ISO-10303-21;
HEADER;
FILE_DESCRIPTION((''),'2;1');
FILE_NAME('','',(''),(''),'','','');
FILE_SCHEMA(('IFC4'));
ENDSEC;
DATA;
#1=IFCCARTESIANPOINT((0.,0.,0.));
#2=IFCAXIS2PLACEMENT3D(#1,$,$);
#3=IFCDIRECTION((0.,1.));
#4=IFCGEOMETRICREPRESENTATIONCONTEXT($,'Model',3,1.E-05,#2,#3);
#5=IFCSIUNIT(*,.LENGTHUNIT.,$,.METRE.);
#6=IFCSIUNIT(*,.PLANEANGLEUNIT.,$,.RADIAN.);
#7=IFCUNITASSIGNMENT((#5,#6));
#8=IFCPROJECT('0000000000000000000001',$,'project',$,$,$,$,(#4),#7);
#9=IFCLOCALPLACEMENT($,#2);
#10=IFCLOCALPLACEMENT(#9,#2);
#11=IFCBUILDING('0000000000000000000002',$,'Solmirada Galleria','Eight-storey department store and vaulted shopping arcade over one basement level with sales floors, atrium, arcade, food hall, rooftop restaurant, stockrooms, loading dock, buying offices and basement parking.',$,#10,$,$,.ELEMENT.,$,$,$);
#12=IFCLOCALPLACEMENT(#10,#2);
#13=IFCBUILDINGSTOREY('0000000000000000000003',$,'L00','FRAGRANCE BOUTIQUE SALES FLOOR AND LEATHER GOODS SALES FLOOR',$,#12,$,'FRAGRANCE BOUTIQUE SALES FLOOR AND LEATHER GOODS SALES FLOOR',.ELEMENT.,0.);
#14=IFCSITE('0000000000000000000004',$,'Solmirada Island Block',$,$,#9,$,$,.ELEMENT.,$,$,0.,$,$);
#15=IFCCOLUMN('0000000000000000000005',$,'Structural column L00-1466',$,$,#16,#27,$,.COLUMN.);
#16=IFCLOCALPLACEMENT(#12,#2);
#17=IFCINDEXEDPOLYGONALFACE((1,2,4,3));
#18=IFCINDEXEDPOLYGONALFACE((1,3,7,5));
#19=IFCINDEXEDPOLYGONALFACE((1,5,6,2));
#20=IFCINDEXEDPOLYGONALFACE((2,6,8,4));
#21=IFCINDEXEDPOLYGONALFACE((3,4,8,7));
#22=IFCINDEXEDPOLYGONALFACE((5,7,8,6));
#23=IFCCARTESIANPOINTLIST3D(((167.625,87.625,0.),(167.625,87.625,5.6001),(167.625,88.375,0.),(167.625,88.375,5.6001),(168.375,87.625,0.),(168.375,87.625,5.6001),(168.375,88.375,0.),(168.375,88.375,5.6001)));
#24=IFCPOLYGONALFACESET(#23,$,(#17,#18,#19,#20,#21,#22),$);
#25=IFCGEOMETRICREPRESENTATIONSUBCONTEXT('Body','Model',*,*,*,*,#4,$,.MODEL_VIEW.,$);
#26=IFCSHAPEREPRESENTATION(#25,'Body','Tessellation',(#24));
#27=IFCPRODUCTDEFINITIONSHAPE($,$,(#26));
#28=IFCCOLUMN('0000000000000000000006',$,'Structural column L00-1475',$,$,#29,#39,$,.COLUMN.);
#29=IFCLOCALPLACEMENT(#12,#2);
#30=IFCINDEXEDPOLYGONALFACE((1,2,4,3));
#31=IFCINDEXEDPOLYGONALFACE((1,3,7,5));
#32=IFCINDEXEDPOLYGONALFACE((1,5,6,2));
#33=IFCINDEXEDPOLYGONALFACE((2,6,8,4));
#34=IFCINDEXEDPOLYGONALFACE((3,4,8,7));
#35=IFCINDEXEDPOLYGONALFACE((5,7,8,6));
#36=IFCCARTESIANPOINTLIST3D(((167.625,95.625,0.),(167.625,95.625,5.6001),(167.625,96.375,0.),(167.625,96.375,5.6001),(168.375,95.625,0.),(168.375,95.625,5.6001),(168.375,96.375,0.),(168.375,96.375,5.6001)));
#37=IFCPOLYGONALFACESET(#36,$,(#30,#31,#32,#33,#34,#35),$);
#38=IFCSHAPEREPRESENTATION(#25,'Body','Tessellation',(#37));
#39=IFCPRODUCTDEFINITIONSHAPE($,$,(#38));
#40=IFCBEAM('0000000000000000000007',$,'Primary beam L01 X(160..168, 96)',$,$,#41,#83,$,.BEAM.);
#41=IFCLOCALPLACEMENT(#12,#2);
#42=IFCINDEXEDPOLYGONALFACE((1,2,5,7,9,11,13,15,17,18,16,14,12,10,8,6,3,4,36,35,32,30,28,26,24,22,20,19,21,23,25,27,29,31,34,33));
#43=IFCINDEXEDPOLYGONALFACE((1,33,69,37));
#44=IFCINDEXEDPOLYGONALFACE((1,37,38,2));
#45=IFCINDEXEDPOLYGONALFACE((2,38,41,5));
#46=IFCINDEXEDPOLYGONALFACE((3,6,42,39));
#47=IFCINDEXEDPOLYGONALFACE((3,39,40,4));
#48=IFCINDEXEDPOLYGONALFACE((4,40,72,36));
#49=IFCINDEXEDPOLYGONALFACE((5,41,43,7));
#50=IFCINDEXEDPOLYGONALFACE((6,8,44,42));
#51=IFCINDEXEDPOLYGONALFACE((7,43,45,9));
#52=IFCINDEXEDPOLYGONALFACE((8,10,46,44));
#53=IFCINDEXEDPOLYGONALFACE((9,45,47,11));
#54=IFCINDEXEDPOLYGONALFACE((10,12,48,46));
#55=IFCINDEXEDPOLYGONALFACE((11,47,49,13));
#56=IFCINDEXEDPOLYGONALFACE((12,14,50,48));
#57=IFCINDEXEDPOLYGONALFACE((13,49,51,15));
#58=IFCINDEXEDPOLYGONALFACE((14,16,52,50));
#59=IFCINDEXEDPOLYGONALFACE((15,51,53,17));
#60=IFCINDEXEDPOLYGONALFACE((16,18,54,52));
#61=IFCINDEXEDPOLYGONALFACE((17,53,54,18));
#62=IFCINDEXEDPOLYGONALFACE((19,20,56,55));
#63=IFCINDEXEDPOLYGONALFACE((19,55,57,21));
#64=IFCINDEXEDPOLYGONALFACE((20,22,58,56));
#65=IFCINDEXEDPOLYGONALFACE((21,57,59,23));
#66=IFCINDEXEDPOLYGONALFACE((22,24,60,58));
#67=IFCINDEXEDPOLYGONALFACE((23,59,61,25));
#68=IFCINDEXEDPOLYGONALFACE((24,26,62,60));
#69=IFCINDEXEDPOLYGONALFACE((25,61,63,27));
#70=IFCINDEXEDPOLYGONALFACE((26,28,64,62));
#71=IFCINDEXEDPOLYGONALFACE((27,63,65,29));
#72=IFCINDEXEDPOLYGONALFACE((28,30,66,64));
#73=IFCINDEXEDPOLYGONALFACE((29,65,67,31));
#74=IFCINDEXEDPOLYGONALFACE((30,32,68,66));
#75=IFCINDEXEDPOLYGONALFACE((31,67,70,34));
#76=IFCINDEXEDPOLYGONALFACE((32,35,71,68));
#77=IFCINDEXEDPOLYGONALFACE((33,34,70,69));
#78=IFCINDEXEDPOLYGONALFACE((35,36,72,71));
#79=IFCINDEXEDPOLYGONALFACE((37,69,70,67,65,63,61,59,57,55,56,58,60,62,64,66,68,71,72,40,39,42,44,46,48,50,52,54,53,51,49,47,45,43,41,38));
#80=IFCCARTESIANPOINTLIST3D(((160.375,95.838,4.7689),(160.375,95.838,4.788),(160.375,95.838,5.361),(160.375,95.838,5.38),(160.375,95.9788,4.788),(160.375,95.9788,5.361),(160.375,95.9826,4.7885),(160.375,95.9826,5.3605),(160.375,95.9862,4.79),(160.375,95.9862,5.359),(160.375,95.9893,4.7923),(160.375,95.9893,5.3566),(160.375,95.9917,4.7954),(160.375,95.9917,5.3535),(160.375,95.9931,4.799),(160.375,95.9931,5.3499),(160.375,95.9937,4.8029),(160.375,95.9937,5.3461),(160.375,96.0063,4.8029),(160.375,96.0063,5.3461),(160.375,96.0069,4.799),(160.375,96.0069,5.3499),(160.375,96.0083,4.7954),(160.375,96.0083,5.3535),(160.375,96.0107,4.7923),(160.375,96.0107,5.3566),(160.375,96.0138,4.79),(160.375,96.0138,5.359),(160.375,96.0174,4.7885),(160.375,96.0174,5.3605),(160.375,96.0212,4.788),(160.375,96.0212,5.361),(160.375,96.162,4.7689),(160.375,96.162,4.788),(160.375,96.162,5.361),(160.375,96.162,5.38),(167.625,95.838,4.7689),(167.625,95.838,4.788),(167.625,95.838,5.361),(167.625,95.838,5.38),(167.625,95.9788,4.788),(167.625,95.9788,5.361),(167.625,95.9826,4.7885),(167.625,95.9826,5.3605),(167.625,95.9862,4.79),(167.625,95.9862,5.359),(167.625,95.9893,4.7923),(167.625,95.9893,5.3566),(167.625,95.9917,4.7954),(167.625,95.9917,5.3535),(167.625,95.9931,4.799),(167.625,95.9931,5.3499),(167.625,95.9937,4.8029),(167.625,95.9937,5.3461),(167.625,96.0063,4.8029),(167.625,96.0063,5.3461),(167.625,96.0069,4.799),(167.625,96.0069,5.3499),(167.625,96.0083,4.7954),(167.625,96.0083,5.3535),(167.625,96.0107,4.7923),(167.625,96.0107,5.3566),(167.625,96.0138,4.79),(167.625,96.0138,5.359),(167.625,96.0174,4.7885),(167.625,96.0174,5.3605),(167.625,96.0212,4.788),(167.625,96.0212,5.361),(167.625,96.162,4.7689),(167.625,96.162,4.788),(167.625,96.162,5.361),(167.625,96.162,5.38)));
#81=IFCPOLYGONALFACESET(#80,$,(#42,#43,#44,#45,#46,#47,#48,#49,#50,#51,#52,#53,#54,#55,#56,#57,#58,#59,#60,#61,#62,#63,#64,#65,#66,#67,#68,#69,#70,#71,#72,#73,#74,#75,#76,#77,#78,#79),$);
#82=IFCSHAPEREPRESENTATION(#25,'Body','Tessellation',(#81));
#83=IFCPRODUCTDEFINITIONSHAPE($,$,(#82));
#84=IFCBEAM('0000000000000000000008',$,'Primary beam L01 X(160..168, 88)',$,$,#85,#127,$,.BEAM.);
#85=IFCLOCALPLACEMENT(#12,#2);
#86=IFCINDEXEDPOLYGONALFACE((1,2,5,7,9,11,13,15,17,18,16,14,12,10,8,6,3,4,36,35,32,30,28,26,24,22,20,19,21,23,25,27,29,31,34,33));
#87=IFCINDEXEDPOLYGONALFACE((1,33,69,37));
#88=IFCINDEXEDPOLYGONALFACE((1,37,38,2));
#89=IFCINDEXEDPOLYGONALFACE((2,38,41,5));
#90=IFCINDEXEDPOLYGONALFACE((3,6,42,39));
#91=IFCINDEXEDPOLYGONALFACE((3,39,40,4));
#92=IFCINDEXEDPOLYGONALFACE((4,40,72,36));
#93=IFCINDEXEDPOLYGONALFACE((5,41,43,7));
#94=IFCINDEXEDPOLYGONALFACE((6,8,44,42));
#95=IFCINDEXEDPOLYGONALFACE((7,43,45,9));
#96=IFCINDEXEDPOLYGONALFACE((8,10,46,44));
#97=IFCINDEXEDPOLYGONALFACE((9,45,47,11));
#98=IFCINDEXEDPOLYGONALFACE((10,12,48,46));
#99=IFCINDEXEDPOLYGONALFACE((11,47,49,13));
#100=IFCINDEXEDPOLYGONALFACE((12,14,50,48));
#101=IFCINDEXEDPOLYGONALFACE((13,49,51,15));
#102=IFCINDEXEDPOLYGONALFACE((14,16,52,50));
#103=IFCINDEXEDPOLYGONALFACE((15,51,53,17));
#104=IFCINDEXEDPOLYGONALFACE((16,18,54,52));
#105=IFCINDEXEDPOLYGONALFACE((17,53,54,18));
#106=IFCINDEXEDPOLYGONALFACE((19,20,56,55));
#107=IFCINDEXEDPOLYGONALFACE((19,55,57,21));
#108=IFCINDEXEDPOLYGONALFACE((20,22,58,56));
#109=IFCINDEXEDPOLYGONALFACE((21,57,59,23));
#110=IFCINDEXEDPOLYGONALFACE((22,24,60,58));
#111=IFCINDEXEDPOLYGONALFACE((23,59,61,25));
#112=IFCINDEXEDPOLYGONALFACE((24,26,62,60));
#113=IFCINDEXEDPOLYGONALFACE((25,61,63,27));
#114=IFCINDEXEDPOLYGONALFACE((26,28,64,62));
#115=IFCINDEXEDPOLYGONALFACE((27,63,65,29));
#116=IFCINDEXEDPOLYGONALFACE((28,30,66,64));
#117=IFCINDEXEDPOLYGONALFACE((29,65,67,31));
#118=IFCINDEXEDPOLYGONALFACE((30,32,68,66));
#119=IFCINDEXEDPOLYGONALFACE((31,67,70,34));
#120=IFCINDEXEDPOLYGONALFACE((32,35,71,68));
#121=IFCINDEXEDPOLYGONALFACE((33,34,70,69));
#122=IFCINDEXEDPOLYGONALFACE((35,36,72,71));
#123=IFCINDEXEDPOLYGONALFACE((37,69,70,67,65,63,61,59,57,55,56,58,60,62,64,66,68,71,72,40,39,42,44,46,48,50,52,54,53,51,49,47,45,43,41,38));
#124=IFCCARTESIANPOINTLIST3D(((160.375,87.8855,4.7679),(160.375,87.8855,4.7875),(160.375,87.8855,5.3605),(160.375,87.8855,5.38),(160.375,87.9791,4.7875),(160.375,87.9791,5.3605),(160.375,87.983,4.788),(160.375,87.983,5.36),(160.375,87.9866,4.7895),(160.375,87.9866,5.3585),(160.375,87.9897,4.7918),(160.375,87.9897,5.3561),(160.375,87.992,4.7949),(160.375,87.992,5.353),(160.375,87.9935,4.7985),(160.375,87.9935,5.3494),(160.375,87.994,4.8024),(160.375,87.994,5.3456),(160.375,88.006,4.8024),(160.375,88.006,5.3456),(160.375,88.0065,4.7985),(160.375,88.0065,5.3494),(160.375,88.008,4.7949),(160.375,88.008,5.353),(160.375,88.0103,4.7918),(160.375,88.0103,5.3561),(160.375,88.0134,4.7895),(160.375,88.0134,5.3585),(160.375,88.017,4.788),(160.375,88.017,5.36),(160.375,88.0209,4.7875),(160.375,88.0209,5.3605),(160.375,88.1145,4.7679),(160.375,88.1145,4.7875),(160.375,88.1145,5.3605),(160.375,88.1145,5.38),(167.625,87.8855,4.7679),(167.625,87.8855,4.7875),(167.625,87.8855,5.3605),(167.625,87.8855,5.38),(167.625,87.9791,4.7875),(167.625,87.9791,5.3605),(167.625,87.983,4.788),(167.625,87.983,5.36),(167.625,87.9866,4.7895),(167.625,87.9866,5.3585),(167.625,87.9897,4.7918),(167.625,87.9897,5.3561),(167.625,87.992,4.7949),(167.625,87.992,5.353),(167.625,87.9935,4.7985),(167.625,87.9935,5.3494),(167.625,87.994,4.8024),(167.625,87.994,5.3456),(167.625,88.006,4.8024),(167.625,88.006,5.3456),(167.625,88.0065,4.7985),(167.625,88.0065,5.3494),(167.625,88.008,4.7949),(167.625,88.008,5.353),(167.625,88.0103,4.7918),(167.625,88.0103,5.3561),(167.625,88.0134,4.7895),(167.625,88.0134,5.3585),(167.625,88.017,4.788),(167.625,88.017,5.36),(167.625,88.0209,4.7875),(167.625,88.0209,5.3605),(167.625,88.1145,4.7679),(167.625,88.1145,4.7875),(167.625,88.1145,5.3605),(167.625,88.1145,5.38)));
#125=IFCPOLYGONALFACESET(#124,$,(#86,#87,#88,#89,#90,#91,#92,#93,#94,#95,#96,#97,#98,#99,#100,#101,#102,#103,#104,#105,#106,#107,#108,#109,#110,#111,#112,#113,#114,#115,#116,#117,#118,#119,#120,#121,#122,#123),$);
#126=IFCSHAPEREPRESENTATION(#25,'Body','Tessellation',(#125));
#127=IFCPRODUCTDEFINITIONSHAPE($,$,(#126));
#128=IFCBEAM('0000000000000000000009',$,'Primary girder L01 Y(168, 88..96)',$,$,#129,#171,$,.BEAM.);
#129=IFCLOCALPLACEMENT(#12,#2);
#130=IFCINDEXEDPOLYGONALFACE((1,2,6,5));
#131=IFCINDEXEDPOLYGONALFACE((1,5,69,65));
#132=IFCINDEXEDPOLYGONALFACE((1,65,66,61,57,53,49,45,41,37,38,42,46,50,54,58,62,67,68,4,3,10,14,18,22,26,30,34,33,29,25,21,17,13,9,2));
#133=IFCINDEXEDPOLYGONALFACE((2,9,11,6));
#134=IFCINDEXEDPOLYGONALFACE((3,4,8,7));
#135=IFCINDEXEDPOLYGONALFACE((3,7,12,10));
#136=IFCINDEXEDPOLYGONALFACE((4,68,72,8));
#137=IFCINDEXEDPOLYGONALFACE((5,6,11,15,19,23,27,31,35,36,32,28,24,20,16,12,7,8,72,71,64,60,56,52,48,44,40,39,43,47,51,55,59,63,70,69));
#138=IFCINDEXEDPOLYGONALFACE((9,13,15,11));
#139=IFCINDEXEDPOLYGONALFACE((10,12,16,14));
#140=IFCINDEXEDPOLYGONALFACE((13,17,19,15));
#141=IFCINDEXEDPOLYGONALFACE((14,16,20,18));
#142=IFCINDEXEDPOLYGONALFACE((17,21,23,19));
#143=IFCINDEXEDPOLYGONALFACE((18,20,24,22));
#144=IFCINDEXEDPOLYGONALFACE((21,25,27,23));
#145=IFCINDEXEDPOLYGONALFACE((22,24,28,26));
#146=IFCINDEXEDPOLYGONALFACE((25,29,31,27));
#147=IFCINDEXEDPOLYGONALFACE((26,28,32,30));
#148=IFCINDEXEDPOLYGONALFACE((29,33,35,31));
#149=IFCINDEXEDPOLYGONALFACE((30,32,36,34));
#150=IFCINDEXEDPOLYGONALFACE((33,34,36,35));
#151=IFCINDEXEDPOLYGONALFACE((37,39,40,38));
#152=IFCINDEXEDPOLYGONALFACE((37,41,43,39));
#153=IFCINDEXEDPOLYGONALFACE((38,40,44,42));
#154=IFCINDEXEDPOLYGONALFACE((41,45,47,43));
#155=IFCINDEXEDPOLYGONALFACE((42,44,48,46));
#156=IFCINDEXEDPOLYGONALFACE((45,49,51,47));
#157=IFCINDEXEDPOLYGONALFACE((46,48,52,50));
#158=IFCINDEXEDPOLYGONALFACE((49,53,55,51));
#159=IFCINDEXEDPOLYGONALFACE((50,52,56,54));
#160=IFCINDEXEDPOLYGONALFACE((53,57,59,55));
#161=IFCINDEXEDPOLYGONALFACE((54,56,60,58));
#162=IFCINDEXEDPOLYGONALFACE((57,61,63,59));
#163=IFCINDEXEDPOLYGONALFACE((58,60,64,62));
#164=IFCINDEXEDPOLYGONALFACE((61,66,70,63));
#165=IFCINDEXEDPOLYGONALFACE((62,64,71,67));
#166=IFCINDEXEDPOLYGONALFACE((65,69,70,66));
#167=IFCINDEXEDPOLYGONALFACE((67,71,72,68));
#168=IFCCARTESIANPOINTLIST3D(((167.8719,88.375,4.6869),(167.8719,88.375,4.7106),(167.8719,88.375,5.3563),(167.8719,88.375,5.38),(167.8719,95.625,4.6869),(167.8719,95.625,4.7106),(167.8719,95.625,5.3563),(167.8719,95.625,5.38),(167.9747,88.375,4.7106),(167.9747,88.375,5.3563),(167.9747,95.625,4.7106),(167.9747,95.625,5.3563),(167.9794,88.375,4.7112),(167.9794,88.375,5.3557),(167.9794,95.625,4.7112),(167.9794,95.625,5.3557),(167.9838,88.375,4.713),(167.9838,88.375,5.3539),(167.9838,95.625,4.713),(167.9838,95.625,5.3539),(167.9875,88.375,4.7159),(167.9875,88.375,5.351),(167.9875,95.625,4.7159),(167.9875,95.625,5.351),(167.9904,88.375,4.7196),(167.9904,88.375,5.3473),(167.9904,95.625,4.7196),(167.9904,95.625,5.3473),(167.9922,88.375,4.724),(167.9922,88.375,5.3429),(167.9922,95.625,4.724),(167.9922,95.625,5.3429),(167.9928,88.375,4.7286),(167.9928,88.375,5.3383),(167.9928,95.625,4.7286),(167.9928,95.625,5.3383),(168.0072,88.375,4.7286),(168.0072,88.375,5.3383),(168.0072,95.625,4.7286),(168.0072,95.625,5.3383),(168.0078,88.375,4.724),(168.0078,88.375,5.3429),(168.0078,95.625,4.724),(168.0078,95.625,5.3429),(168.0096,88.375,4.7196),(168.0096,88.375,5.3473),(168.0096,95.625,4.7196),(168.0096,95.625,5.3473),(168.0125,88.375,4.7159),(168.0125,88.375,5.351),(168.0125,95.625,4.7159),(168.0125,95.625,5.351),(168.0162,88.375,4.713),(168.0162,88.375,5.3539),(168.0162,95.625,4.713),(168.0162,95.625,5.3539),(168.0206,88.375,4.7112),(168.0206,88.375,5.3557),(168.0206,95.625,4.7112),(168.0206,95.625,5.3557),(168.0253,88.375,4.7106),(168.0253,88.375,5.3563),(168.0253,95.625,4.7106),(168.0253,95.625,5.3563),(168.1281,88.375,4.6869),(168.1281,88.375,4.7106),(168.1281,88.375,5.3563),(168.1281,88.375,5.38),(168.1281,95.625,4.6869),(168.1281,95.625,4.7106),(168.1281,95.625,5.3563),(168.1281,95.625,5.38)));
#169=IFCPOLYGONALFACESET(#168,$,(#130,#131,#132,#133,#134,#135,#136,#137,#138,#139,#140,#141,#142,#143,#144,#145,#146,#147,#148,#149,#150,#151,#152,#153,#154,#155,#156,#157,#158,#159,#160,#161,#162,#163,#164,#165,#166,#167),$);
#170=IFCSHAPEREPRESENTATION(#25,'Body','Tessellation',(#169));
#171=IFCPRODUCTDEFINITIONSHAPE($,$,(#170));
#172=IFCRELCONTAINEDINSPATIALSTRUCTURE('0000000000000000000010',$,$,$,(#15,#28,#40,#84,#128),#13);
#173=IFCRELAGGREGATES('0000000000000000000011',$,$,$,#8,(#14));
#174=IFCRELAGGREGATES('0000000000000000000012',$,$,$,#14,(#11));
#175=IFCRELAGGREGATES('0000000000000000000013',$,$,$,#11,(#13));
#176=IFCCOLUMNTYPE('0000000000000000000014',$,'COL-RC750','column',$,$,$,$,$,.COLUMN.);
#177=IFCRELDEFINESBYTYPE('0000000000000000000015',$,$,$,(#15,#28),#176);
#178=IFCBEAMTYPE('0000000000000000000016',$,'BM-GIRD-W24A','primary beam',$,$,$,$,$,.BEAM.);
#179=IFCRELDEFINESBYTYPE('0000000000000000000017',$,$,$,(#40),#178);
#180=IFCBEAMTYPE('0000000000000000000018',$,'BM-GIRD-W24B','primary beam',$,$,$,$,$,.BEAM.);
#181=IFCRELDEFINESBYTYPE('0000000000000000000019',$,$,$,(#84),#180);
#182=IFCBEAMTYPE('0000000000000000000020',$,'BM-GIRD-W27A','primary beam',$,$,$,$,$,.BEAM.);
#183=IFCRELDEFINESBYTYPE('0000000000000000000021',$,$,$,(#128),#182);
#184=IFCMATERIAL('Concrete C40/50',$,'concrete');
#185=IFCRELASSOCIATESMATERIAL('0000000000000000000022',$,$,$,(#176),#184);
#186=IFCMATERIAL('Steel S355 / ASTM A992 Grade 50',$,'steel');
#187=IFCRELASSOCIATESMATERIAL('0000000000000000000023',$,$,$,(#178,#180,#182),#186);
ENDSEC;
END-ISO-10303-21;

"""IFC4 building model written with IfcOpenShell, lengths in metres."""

from ifc_helpers import new_model, si_unit, direction, frame, origin, origin_2d, place, context, subcontext, project, spatial, rectangle, i_section, extrude, material, material_profile, profile_set, type_object, element, save


model = new_model("IFC4")

# Units and contexts
model_context = context("Model", 3, precision=1e-05, world=origin(), true_north=direction((0.0, 1.0)))
body_context = subcontext(model_context, "Body", "Model", "MODEL_VIEW")
ifc_project = project(units=[si_unit("LENGTHUNIT", "METRE"), si_unit("PLANEANGLEUNIT", "RADIAN")], contexts=[model_context])

# Site, building, storey
site_placement = place(None, origin())
site = spatial("IfcSite", under=ifc_project, at=site_placement, Name="Solmirada Island Block", CompositionType="ELEMENT", RefElevation=0.0)
building_placement = place(site_placement, origin())
building = spatial("IfcBuilding", under=site, at=building_placement, Name="Solmirada Galleria", Description="Eight-storey department store and vaulted shopping arcade over one basement level with sales floors, atrium, arcade, food hall, rooftop restaurant, stockrooms, loading dock, buying offices and basement parking.", CompositionType="ELEMENT")
storey_placement = place(building_placement, origin())
storey = spatial("IfcBuildingStorey", under=building, at=storey_placement, Name="L00", Description="FRAGRANCE BOUTIQUE SALES FLOOR AND LEATHER GOODS SALES FLOOR", LongName="FRAGRANCE BOUTIQUE SALES FLOOR AND LEATHER GOODS SALES FLOOR", CompositionType="ELEMENT", Elevation=0.0)

# Columns
ifc_material_1 = material(Name="Concrete C40/50", Category="concrete")
ifc_material_profile_1 = material_profile(ifc_material_1, rectangle(XDim=0.75, YDim=0.75, at=origin_2d()), Name="RC750X750")
ifc_profile_set_1 = profile_set([ifc_material_profile_1], Name="Concrete C40/50")
column_type = type_object("IfcColumnType", Name="COL-RC750", Description="column", PredefinedType="COLUMN", material=ifc_profile_set_1)
for number, where, z_axis, x_axis, name in (
    (1, (168.0, 88.0, 0.0), (0.0, 0.0, 1.0), (1.0, 0.0, 0.0), "Structural column L00-1466"),
    (2, (168.0, 96.0, 0.0), (0.0, 0.0, 1.0), (1.0, 0.0, 0.0), "Structural column L00-1475"),
):
    element("IfcColumn", number, at=place(storey_placement, frame(where, z_axis=z_axis, x_axis=x_axis)), inside=storey, type_object=column_type, Name=name, PredefinedType="COLUMN", context=body_context, shape_type="SweptSolid", body=[
        extrude(rectangle(XDim=0.75, YDim=0.75, at=origin_2d()), origin(), (0.0, 0.0, 1.0), 5.6001),
    ])

# Beams
ifc_material_2 = material(Name="Steel S355 / ASTM A992 Grade 50", Category="steel")
ifc_material_profile_2 = material_profile(ifc_material_2, i_section(OverallWidth=0.324, OverallDepth=0.6111, WebThickness=0.0127, FlangeThickness=0.019, FilletRadius=0.0149, at=origin_2d()), Name="W24X104")
ifc_profile_set_2 = profile_set([ifc_material_profile_2], Name="Steel S355 / ASTM A992 Grade 50")
beam_type_1 = type_object("IfcBeamType", Name="BM-GIRD-W24A", Description="primary beam", PredefinedType="BEAM", material=ifc_profile_set_2)
beam_1_placement = place(storey_placement, frame((160.375, 96.0, 5.0745), z_axis=(1.0, 0.0, 0.0), x_axis=(0.0, 1.0, 0.0)))
element("IfcBeam", 3, at=beam_1_placement, inside=storey, type_object=beam_type_1, Name="Primary beam L01 X(160..168, 96)", PredefinedType="BEAM", context=body_context, shape_type="SweptSolid", body=[
    extrude(i_section(OverallWidth=0.324, OverallDepth=0.6111, WebThickness=0.0127, FlangeThickness=0.019, FilletRadius=0.0149, at=origin_2d()), origin(), (0.0, 0.0, 1.0), 7.25),
])
ifc_material_profile_3 = material_profile(ifc_material_2, i_section(OverallWidth=0.229, OverallDepth=0.6121, WebThickness=0.012, FlangeThickness=0.0195, FilletRadius=0.0149, at=origin_2d()), Name="W24X84")
ifc_profile_set_3 = profile_set([ifc_material_profile_3], Name="Steel S355 / ASTM A992 Grade 50")
beam_type_2 = type_object("IfcBeamType", Name="BM-GIRD-W24B", Description="primary beam", PredefinedType="BEAM", material=ifc_profile_set_3)
beam_2_placement = place(storey_placement, frame((160.375, 88.0, 5.074), z_axis=(1.0, 0.0, 0.0), x_axis=(0.0, 1.0, 0.0)))
element("IfcBeam", 4, at=beam_2_placement, inside=storey, type_object=beam_type_2, Name="Primary beam L01 X(160..168, 88)", PredefinedType="BEAM", context=body_context, shape_type="SweptSolid", body=[
    extrude(i_section(OverallWidth=0.229, OverallDepth=0.6121, WebThickness=0.012, FlangeThickness=0.0195, FilletRadius=0.0149, at=origin_2d()), origin(), (0.0, 0.0, 1.0), 7.25),
])
ifc_material_profile_4 = material_profile(ifc_material_2, i_section(OverallWidth=0.2561, OverallDepth=0.6931, WebThickness=0.0144, FlangeThickness=0.0237, FilletRadius=0.0181, at=origin_2d()), Name="W27X114")
ifc_profile_set_4 = profile_set([ifc_material_profile_4], Name="Steel S355 / ASTM A992 Grade 50")
beam_type_3 = type_object("IfcBeamType", Name="BM-GIRD-W27A", Description="primary beam", PredefinedType="BEAM", material=ifc_profile_set_4)
beam_3_placement = place(storey_placement, frame((168.0, 88.375, 5.0334), z_axis=(0.0, 1.0, 0.0), x_axis=(-1.0, 0.0, 0.0)))
element("IfcBeam", 5, at=beam_3_placement, inside=storey, type_object=beam_type_3, Name="Primary girder L01 Y(168, 88..96)", PredefinedType="BEAM", context=body_context, shape_type="SweptSolid", body=[
    extrude(i_section(OverallWidth=0.2561, OverallDepth=0.6931, WebThickness=0.0144, FlangeThickness=0.0237, FilletRadius=0.0181, at=origin_2d()), origin(), (0.0, 0.0, 1.0), 7.25),
])

save(model, "model.ifc")
